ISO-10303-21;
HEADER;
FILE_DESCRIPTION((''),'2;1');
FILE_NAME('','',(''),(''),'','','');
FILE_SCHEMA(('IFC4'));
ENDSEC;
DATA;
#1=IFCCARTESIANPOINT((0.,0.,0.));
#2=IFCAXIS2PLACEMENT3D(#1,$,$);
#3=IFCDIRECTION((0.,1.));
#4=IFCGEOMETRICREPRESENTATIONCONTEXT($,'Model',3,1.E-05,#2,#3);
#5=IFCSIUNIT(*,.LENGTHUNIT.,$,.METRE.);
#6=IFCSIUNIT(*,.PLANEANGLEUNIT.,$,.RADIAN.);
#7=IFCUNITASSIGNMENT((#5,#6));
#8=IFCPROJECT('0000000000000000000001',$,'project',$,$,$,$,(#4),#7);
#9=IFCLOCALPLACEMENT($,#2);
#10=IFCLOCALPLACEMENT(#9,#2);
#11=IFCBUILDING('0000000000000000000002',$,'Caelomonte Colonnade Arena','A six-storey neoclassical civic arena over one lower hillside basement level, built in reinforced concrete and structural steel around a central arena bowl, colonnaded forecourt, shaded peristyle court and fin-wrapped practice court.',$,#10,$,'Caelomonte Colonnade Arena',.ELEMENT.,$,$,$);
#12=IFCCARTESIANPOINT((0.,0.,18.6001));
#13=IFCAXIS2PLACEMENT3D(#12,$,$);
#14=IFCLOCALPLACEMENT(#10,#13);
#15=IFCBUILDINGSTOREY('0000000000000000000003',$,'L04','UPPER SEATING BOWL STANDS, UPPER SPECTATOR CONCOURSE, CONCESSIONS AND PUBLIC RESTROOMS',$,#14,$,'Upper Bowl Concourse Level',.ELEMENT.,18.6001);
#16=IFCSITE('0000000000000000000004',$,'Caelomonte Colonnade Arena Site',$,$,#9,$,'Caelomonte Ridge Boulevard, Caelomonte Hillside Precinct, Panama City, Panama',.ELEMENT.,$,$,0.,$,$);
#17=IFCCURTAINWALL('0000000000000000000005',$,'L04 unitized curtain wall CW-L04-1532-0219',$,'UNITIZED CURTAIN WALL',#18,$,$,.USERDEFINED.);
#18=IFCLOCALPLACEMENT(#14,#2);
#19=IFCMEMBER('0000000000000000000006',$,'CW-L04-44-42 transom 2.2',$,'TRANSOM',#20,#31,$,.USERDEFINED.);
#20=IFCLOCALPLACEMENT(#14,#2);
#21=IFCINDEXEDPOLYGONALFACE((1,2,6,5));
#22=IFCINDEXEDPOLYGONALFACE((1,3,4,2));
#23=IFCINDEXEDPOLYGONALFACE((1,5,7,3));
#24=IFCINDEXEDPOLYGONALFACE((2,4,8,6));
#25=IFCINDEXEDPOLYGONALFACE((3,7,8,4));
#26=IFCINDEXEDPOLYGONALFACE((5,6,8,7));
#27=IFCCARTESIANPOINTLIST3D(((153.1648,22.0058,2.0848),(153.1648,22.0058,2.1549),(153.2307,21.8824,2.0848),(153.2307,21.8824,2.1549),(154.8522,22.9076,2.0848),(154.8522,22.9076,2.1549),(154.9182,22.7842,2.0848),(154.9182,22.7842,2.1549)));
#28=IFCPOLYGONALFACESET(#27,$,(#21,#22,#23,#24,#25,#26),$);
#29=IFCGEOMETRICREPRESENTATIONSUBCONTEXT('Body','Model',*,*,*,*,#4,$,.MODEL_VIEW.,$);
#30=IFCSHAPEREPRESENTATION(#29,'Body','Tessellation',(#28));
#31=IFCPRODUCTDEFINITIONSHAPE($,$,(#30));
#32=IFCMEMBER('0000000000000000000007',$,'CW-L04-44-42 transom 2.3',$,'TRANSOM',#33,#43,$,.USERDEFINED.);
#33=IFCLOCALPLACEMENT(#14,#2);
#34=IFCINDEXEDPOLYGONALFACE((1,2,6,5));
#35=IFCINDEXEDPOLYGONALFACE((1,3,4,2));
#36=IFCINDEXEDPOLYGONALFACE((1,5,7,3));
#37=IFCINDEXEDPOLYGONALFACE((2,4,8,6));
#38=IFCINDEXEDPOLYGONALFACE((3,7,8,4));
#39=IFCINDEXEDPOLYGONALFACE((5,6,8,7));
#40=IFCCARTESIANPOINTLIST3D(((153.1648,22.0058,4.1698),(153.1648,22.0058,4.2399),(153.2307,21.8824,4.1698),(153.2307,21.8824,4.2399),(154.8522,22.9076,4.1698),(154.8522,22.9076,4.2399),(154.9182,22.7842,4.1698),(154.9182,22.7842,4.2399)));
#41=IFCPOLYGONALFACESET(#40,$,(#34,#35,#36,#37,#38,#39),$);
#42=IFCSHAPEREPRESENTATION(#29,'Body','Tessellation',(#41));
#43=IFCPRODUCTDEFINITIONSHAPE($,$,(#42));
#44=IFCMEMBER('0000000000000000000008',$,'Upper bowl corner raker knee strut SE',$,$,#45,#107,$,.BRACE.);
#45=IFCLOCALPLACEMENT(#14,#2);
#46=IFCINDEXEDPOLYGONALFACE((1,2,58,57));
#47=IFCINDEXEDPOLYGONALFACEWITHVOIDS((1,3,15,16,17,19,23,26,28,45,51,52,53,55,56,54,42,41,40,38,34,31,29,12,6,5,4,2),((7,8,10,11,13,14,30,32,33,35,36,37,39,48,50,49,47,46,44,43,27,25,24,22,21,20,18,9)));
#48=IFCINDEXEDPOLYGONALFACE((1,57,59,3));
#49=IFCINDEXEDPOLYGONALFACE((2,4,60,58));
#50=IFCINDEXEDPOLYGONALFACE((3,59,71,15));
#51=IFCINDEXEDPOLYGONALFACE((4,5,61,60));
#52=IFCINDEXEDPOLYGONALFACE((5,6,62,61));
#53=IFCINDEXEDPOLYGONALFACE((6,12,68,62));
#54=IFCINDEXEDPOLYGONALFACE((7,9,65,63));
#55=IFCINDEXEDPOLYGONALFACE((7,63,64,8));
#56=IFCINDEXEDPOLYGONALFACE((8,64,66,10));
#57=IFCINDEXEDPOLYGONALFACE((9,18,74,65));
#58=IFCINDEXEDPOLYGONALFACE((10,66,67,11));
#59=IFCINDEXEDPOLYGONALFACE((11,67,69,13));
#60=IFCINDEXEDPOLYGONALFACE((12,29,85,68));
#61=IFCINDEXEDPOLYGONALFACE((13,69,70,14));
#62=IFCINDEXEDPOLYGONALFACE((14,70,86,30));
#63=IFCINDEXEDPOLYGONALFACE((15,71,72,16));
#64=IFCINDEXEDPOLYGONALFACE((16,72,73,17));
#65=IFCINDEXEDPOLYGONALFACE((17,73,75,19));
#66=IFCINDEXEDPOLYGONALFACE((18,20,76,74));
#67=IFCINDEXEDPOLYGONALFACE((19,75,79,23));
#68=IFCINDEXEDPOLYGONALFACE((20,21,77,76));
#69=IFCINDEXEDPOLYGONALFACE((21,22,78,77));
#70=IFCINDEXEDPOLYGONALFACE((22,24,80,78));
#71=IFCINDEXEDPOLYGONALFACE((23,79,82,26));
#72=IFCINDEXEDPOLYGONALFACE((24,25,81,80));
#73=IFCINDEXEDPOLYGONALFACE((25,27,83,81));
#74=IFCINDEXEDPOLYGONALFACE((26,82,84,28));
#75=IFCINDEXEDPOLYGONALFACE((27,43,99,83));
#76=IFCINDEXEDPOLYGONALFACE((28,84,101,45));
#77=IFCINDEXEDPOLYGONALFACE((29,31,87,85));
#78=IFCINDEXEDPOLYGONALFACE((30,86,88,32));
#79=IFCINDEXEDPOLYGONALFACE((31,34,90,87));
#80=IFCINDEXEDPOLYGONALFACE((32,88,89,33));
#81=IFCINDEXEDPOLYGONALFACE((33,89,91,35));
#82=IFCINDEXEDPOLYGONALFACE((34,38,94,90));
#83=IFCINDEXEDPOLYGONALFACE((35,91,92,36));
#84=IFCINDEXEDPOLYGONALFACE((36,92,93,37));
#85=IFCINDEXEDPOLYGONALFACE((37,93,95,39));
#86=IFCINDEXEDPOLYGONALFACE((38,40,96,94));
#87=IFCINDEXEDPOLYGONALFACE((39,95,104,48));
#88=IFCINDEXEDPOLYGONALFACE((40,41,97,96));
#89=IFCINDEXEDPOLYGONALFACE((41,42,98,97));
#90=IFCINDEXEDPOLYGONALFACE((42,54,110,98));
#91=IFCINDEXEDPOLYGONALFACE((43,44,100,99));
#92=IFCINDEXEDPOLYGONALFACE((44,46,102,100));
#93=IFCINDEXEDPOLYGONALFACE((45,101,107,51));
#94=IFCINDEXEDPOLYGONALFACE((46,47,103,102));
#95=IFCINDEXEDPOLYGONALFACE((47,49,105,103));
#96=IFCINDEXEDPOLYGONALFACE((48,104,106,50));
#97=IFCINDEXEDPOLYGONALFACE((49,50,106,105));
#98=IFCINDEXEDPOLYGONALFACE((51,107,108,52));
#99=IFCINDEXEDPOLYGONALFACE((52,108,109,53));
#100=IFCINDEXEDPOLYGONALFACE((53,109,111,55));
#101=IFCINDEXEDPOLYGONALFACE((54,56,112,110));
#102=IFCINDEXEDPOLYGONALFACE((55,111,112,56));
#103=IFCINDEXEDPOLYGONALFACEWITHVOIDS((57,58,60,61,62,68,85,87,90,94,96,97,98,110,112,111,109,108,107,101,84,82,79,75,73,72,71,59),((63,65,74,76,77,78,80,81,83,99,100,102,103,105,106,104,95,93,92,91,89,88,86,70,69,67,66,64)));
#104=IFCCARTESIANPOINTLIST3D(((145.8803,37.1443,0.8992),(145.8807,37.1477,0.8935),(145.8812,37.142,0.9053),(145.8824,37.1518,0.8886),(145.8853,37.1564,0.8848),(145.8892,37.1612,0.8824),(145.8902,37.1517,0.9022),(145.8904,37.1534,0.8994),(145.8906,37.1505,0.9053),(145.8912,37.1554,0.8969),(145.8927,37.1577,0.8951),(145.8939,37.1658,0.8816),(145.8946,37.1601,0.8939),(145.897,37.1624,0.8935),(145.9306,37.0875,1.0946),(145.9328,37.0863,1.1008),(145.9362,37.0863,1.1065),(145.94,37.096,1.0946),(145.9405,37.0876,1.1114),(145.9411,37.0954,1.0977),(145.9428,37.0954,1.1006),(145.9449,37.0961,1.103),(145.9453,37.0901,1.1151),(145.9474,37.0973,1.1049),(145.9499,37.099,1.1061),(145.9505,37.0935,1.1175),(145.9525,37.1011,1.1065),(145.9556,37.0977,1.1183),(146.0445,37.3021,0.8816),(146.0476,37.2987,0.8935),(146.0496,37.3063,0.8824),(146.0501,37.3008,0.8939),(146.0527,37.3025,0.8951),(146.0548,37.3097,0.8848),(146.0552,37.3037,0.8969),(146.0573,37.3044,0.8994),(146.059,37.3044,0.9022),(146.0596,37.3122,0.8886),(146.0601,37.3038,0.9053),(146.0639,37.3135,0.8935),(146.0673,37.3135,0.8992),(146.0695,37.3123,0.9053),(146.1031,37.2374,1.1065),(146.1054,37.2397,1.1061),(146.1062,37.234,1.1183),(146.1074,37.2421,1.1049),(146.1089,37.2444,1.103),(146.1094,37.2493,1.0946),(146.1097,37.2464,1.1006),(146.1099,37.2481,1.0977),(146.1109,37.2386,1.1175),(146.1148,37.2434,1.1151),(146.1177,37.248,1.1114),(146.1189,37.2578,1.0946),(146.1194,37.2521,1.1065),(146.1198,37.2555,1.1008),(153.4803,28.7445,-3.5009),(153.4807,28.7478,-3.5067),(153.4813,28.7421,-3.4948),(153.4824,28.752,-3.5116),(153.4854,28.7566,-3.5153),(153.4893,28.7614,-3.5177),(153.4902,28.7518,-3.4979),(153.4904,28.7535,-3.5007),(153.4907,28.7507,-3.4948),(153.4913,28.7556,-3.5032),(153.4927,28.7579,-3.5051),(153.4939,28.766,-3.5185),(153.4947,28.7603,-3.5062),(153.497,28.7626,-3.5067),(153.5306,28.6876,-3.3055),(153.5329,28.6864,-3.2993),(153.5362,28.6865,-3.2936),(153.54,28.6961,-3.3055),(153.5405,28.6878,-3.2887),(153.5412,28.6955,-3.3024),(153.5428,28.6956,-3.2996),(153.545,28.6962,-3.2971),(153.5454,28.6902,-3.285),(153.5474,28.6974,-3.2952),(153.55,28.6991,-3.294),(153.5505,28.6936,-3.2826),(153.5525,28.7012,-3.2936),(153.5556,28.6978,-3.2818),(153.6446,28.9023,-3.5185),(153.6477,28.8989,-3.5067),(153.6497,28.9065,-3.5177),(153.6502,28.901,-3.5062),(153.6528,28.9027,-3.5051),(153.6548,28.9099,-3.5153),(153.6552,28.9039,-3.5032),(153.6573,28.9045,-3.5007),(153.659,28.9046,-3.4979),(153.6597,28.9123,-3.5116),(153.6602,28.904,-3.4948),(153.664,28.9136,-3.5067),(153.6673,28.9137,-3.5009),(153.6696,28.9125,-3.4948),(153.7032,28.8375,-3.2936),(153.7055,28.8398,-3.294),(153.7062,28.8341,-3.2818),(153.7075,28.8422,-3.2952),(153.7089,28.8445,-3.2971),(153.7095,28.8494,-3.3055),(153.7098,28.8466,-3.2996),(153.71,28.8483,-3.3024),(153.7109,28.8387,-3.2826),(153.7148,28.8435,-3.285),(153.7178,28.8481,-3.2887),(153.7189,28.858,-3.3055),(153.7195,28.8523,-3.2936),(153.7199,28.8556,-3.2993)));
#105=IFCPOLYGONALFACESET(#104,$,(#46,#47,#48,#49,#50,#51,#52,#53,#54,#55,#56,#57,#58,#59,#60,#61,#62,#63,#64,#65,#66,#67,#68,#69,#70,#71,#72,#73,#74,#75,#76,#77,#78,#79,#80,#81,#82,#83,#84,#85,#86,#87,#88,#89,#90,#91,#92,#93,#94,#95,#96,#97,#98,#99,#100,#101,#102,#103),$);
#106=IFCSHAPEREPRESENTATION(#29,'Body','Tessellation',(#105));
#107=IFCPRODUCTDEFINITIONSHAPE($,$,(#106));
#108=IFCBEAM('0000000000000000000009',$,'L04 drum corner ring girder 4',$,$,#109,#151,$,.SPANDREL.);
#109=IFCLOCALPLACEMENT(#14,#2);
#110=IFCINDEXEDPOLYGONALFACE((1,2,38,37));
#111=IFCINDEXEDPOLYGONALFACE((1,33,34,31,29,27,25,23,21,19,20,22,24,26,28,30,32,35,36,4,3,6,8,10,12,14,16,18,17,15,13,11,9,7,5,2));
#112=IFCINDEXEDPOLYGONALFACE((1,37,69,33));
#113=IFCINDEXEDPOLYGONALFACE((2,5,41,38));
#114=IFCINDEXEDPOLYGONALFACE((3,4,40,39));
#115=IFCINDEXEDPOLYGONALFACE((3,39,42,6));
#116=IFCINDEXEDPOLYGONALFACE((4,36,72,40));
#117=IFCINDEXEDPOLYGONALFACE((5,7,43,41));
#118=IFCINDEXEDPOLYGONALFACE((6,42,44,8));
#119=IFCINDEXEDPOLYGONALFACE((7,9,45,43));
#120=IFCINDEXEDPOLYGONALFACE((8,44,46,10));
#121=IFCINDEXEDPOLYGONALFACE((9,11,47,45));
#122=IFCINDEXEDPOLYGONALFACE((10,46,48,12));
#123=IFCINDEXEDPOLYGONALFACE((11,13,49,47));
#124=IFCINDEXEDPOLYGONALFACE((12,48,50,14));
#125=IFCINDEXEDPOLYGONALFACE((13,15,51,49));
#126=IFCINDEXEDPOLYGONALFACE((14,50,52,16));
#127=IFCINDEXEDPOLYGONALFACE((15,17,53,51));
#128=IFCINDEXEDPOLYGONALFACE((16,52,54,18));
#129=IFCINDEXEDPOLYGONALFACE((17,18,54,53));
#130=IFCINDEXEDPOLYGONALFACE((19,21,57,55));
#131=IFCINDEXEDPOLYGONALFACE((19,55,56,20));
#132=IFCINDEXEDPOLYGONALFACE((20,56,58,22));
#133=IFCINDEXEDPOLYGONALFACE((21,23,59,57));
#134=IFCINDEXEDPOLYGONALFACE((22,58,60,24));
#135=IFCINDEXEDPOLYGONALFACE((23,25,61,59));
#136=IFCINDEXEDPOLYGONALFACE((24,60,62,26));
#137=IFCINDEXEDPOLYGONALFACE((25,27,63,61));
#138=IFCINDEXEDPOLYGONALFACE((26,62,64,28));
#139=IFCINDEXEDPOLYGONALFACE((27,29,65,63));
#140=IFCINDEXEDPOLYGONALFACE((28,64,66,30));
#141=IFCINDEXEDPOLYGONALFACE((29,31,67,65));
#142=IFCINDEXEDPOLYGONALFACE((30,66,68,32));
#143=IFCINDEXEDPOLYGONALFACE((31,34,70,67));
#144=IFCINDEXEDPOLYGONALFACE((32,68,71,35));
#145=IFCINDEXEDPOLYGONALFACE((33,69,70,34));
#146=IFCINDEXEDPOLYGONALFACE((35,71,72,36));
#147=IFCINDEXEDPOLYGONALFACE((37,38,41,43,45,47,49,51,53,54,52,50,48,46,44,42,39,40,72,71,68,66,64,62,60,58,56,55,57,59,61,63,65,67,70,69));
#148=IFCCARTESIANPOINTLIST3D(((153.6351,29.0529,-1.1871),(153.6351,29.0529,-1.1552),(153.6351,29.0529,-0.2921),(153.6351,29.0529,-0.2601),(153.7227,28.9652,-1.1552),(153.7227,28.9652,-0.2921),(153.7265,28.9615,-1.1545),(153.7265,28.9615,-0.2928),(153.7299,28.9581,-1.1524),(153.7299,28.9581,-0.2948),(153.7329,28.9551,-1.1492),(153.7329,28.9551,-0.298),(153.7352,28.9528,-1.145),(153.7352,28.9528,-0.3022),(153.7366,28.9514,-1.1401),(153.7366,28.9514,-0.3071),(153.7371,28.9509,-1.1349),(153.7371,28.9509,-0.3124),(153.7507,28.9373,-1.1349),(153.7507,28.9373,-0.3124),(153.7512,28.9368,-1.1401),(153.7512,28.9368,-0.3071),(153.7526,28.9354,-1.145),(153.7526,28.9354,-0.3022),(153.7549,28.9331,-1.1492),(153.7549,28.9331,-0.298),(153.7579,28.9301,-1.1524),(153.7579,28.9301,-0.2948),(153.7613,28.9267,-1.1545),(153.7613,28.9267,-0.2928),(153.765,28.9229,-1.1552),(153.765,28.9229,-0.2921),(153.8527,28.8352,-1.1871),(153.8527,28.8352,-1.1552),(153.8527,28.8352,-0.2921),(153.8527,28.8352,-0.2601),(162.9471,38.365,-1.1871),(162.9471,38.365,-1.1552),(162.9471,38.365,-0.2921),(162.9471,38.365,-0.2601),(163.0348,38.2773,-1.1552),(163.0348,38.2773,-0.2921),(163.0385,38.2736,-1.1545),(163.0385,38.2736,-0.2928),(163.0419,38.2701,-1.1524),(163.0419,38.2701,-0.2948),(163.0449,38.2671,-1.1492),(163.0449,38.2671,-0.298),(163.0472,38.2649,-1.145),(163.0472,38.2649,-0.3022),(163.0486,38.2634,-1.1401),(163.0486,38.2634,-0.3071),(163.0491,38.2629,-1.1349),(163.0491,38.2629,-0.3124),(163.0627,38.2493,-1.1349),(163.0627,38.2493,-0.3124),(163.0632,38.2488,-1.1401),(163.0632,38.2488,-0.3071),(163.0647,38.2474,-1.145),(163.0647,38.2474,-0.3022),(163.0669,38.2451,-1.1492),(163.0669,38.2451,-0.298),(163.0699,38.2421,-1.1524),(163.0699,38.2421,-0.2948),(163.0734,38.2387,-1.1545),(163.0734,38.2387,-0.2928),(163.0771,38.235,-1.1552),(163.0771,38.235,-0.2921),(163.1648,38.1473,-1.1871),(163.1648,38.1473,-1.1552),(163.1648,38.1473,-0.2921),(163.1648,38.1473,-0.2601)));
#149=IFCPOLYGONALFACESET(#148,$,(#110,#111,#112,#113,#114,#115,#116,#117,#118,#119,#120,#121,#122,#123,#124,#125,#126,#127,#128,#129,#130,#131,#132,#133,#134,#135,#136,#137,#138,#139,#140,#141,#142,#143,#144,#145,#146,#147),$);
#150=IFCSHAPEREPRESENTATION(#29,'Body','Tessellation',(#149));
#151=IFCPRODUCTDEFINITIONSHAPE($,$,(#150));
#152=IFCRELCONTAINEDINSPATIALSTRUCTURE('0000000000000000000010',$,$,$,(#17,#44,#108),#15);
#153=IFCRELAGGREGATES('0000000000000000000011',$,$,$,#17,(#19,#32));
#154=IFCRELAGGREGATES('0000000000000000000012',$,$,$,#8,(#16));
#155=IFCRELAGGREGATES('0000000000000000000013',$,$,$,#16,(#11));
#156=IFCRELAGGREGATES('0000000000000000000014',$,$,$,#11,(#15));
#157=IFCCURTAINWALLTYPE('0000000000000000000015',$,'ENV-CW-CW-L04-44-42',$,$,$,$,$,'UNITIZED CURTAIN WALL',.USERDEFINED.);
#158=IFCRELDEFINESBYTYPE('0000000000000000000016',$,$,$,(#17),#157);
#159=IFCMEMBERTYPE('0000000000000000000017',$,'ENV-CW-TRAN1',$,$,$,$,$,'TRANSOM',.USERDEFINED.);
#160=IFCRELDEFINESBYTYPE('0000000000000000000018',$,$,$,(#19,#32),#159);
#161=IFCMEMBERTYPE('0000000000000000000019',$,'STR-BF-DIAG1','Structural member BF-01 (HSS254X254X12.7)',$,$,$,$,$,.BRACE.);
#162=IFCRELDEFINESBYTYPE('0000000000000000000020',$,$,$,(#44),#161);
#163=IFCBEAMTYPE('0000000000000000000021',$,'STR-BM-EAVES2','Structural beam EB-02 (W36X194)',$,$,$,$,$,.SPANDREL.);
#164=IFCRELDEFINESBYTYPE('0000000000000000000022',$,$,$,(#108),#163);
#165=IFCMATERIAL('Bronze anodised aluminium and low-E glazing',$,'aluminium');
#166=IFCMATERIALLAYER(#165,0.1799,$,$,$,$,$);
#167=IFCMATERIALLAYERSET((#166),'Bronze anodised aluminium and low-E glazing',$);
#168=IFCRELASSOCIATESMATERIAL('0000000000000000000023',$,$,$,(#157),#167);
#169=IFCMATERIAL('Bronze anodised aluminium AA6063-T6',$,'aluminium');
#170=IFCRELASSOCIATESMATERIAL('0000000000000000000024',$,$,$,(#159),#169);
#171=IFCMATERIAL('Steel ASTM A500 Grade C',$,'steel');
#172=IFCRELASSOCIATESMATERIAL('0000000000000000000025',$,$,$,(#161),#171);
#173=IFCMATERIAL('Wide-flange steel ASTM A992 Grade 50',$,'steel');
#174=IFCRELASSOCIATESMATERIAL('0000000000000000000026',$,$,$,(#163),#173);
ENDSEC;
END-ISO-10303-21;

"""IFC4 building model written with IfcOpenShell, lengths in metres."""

from ifc_helpers import new_model, si_unit, direction, frame, origin, origin_2d, place, context, subcontext, project, spatial, rectangle, hollow_rectangle, i_section, extrude, material, layer, layer_set, material_profile, profile_set, type_object, element, aggregate, save


model = new_model("IFC4")

# Units and contexts
model_context = context("Model", 3, precision=1e-05, world=origin(), true_north=direction((0.0, 1.0)))
body_context = subcontext(model_context, "Body", "Model", "MODEL_VIEW")
ifc_project = project(units=[si_unit("LENGTHUNIT", "METRE"), si_unit("PLANEANGLEUNIT", "RADIAN")], contexts=[model_context])

# Site, building, storey
site_placement = place(None, origin())
site = spatial("IfcSite", under=ifc_project, at=site_placement, Name="Caelomonte Colonnade Arena Site", LongName="Caelomonte Ridge Boulevard, Caelomonte Hillside Precinct, Panama City, Panama", CompositionType="ELEMENT", RefElevation=0.0)
building_placement = place(site_placement, origin())
building = spatial("IfcBuilding", under=site, at=building_placement, Name="Caelomonte Colonnade Arena", Description="A six-storey neoclassical civic arena over one lower hillside basement level, built in reinforced concrete and structural steel around a central arena bowl, colonnaded forecourt, shaded peristyle court and fin-wrapped practice court.", LongName="Caelomonte Colonnade Arena", CompositionType="ELEMENT")
storey_placement = place(building_placement, frame((0.0, 0.0, 18.6001)))
storey = spatial("IfcBuildingStorey", under=building, at=storey_placement, Name="L04", Description="UPPER SEATING BOWL STANDS, UPPER SPECTATOR CONCOURSE, CONCESSIONS AND PUBLIC RESTROOMS", LongName="Upper Bowl Concourse Level", CompositionType="ELEMENT", Elevation=18.6001)

# Shared definitions
ifc_material_1 = material(Name="Wide-flange steel ASTM A992 Grade 50", Category="steel")

# Curtain wall
ifc_material_2 = material(Name="Bronze anodised aluminium and low-E glazing", Category="aluminium")
ifc_layer_1 = layer(ifc_material_2, 0.1799)
ifc_layer_set_1 = layer_set([ifc_layer_1], Name="Bronze anodised aluminium and low-E glazing")
curtain_wall_type = type_object("IfcCurtainWallType", Name="ENV-CW-CW-L04-44-42", ElementType="UNITIZED CURTAIN WALL", PredefinedType="USERDEFINED", material=ifc_layer_set_1)
ifc_material_3 = material(Name="Bronze anodised aluminium AA6063-T6", Category="aluminium")
curtain_wall_1_placement = place(storey_placement, origin())
curtain_wall_1 = element("IfcCurtainWall", 1, at=curtain_wall_1_placement, inside=storey, type_object=curtain_wall_type, Name="L04 unitized curtain wall CW-L04-1532-0219", ObjectType="UNITIZED CURTAIN WALL", PredefinedType="USERDEFINED")

# Members
ifc_material_profile_1 = material_profile(ifc_material_3, rectangle(XDim=0.0701, YDim=0.1399, at=origin_2d()), Name="CWT-70X140")
ifc_profile_set_1 = profile_set([ifc_material_profile_1], Name="Bronze anodised aluminium AA6063-T6")
member_type_1 = type_object("IfcMemberType", Name="ENV-CW-TRAN1", ElementType="TRANSOM", PredefinedType="USERDEFINED", material=ifc_profile_set_1)
member_1_placement = place(storey_placement, frame((153.1978, 21.9441, 2.1199), z_axis=(0.88195, 0.471343, 0.0), x_axis=(0.0, 0.0, 1.0)))
member_1 = element("IfcMember", 2, at=member_1_placement, type_object=member_type_1, Name="CW-L04-44-42 transom 2.2", ObjectType="TRANSOM", PredefinedType="USERDEFINED", context=body_context, shape_type="SweptSolid", body=[
    extrude(rectangle(XDim=0.0701, YDim=0.1399, at=origin_2d()), origin(), (0.0, 0.0, 1.0), 1.9133),
])
member_2_placement = place(storey_placement, frame((153.1978, 21.9441, 4.2048), z_axis=(0.88195, 0.471343, 0.0), x_axis=(0.0, 0.0, 1.0)))
member_2 = element("IfcMember", 3, at=member_2_placement, type_object=member_type_1, Name="CW-L04-44-42 transom 2.3", ObjectType="TRANSOM", PredefinedType="USERDEFINED", context=body_context, shape_type="SweptSolid", body=[
    extrude(rectangle(XDim=0.0701, YDim=0.1399, at=origin_2d()), origin(), (0.0, 0.0, 1.0), 1.9133),
])
ifc_material_4 = material(Name="Steel ASTM A500 Grade C", Category="steel")
ifc_material_profile_2 = material_profile(ifc_material_4, hollow_rectangle(XDim=0.2539, YDim=0.2539, WallThickness=0.0127, InnerFilletRadius=0.0127, OuterFilletRadius=0.0254, at=origin_2d()), Name="HSS254X254X12.7")
ifc_profile_set_2 = profile_set([ifc_material_profile_2], Name="Steel ASTM A500 Grade C")
member_type_2 = type_object("IfcMemberType", Name="STR-BF-DIAG1", Description="Structural member BF-01 (HSS254X254X12.7)", PredefinedType="BRACE", material=ifc_profile_set_2)
member_3_placement = place(storey_placement, frame((153.6001, 28.8, -3.4001), z_axis=(-0.625398, 0.691213, 0.36208), x_axis=(-0.741528, -0.670922, 0.0)))
element("IfcMember", 4, at=member_3_placement, inside=storey, type_object=member_type_2, Name="Upper bowl corner raker knee strut SE", PredefinedType="BRACE", context=body_context, shape_type="SweptSolid", body=[
    extrude(hollow_rectangle(XDim=0.2539, YDim=0.2539, WallThickness=0.0127, InnerFilletRadius=0.0127, OuterFilletRadius=0.0254, at=origin_2d()), origin(), (0.0, 0.0, 1.0), 12.1523),
])

# Beam
ifc_material_profile_3 = material_profile(ifc_material_1, i_section(OverallWidth=0.3079, OverallDepth=0.927, WebThickness=0.0193, FlangeThickness=0.032, FilletRadius=0.0203, at=origin_2d()), Name="W36X194")
ifc_profile_set_3 = profile_set([ifc_material_profile_3], Name="Wide-flange steel ASTM A992 Grade 50")
beam_type_1 = type_object("IfcBeamType", Name="STR-BM-EAVES2", Description="Structural beam EB-02 (W36X194)", PredefinedType="SPANDREL", material=ifc_profile_set_3)
beam_1_placement = place(storey_placement, frame((153.7439, 28.9441, -0.7236), z_axis=(0.707107, 0.707107, 0.0), x_axis=(-0.707107, 0.707107, 0.0)))
element("IfcBeam", 5, at=beam_1_placement, inside=storey, type_object=beam_type_1, Name="L04 drum corner ring girder 4", PredefinedType="SPANDREL", context=body_context, shape_type="SweptSolid", body=[
    extrude(i_section(OverallWidth=0.3079, OverallDepth=0.927, WebThickness=0.0193, FlangeThickness=0.032, FilletRadius=0.0203, at=origin_2d()), origin(), (0.0, 0.0, 1.0), 13.1692),
])

aggregate(curtain_wall_1, [member_1, member_2])

save(model, "model.ifc")
